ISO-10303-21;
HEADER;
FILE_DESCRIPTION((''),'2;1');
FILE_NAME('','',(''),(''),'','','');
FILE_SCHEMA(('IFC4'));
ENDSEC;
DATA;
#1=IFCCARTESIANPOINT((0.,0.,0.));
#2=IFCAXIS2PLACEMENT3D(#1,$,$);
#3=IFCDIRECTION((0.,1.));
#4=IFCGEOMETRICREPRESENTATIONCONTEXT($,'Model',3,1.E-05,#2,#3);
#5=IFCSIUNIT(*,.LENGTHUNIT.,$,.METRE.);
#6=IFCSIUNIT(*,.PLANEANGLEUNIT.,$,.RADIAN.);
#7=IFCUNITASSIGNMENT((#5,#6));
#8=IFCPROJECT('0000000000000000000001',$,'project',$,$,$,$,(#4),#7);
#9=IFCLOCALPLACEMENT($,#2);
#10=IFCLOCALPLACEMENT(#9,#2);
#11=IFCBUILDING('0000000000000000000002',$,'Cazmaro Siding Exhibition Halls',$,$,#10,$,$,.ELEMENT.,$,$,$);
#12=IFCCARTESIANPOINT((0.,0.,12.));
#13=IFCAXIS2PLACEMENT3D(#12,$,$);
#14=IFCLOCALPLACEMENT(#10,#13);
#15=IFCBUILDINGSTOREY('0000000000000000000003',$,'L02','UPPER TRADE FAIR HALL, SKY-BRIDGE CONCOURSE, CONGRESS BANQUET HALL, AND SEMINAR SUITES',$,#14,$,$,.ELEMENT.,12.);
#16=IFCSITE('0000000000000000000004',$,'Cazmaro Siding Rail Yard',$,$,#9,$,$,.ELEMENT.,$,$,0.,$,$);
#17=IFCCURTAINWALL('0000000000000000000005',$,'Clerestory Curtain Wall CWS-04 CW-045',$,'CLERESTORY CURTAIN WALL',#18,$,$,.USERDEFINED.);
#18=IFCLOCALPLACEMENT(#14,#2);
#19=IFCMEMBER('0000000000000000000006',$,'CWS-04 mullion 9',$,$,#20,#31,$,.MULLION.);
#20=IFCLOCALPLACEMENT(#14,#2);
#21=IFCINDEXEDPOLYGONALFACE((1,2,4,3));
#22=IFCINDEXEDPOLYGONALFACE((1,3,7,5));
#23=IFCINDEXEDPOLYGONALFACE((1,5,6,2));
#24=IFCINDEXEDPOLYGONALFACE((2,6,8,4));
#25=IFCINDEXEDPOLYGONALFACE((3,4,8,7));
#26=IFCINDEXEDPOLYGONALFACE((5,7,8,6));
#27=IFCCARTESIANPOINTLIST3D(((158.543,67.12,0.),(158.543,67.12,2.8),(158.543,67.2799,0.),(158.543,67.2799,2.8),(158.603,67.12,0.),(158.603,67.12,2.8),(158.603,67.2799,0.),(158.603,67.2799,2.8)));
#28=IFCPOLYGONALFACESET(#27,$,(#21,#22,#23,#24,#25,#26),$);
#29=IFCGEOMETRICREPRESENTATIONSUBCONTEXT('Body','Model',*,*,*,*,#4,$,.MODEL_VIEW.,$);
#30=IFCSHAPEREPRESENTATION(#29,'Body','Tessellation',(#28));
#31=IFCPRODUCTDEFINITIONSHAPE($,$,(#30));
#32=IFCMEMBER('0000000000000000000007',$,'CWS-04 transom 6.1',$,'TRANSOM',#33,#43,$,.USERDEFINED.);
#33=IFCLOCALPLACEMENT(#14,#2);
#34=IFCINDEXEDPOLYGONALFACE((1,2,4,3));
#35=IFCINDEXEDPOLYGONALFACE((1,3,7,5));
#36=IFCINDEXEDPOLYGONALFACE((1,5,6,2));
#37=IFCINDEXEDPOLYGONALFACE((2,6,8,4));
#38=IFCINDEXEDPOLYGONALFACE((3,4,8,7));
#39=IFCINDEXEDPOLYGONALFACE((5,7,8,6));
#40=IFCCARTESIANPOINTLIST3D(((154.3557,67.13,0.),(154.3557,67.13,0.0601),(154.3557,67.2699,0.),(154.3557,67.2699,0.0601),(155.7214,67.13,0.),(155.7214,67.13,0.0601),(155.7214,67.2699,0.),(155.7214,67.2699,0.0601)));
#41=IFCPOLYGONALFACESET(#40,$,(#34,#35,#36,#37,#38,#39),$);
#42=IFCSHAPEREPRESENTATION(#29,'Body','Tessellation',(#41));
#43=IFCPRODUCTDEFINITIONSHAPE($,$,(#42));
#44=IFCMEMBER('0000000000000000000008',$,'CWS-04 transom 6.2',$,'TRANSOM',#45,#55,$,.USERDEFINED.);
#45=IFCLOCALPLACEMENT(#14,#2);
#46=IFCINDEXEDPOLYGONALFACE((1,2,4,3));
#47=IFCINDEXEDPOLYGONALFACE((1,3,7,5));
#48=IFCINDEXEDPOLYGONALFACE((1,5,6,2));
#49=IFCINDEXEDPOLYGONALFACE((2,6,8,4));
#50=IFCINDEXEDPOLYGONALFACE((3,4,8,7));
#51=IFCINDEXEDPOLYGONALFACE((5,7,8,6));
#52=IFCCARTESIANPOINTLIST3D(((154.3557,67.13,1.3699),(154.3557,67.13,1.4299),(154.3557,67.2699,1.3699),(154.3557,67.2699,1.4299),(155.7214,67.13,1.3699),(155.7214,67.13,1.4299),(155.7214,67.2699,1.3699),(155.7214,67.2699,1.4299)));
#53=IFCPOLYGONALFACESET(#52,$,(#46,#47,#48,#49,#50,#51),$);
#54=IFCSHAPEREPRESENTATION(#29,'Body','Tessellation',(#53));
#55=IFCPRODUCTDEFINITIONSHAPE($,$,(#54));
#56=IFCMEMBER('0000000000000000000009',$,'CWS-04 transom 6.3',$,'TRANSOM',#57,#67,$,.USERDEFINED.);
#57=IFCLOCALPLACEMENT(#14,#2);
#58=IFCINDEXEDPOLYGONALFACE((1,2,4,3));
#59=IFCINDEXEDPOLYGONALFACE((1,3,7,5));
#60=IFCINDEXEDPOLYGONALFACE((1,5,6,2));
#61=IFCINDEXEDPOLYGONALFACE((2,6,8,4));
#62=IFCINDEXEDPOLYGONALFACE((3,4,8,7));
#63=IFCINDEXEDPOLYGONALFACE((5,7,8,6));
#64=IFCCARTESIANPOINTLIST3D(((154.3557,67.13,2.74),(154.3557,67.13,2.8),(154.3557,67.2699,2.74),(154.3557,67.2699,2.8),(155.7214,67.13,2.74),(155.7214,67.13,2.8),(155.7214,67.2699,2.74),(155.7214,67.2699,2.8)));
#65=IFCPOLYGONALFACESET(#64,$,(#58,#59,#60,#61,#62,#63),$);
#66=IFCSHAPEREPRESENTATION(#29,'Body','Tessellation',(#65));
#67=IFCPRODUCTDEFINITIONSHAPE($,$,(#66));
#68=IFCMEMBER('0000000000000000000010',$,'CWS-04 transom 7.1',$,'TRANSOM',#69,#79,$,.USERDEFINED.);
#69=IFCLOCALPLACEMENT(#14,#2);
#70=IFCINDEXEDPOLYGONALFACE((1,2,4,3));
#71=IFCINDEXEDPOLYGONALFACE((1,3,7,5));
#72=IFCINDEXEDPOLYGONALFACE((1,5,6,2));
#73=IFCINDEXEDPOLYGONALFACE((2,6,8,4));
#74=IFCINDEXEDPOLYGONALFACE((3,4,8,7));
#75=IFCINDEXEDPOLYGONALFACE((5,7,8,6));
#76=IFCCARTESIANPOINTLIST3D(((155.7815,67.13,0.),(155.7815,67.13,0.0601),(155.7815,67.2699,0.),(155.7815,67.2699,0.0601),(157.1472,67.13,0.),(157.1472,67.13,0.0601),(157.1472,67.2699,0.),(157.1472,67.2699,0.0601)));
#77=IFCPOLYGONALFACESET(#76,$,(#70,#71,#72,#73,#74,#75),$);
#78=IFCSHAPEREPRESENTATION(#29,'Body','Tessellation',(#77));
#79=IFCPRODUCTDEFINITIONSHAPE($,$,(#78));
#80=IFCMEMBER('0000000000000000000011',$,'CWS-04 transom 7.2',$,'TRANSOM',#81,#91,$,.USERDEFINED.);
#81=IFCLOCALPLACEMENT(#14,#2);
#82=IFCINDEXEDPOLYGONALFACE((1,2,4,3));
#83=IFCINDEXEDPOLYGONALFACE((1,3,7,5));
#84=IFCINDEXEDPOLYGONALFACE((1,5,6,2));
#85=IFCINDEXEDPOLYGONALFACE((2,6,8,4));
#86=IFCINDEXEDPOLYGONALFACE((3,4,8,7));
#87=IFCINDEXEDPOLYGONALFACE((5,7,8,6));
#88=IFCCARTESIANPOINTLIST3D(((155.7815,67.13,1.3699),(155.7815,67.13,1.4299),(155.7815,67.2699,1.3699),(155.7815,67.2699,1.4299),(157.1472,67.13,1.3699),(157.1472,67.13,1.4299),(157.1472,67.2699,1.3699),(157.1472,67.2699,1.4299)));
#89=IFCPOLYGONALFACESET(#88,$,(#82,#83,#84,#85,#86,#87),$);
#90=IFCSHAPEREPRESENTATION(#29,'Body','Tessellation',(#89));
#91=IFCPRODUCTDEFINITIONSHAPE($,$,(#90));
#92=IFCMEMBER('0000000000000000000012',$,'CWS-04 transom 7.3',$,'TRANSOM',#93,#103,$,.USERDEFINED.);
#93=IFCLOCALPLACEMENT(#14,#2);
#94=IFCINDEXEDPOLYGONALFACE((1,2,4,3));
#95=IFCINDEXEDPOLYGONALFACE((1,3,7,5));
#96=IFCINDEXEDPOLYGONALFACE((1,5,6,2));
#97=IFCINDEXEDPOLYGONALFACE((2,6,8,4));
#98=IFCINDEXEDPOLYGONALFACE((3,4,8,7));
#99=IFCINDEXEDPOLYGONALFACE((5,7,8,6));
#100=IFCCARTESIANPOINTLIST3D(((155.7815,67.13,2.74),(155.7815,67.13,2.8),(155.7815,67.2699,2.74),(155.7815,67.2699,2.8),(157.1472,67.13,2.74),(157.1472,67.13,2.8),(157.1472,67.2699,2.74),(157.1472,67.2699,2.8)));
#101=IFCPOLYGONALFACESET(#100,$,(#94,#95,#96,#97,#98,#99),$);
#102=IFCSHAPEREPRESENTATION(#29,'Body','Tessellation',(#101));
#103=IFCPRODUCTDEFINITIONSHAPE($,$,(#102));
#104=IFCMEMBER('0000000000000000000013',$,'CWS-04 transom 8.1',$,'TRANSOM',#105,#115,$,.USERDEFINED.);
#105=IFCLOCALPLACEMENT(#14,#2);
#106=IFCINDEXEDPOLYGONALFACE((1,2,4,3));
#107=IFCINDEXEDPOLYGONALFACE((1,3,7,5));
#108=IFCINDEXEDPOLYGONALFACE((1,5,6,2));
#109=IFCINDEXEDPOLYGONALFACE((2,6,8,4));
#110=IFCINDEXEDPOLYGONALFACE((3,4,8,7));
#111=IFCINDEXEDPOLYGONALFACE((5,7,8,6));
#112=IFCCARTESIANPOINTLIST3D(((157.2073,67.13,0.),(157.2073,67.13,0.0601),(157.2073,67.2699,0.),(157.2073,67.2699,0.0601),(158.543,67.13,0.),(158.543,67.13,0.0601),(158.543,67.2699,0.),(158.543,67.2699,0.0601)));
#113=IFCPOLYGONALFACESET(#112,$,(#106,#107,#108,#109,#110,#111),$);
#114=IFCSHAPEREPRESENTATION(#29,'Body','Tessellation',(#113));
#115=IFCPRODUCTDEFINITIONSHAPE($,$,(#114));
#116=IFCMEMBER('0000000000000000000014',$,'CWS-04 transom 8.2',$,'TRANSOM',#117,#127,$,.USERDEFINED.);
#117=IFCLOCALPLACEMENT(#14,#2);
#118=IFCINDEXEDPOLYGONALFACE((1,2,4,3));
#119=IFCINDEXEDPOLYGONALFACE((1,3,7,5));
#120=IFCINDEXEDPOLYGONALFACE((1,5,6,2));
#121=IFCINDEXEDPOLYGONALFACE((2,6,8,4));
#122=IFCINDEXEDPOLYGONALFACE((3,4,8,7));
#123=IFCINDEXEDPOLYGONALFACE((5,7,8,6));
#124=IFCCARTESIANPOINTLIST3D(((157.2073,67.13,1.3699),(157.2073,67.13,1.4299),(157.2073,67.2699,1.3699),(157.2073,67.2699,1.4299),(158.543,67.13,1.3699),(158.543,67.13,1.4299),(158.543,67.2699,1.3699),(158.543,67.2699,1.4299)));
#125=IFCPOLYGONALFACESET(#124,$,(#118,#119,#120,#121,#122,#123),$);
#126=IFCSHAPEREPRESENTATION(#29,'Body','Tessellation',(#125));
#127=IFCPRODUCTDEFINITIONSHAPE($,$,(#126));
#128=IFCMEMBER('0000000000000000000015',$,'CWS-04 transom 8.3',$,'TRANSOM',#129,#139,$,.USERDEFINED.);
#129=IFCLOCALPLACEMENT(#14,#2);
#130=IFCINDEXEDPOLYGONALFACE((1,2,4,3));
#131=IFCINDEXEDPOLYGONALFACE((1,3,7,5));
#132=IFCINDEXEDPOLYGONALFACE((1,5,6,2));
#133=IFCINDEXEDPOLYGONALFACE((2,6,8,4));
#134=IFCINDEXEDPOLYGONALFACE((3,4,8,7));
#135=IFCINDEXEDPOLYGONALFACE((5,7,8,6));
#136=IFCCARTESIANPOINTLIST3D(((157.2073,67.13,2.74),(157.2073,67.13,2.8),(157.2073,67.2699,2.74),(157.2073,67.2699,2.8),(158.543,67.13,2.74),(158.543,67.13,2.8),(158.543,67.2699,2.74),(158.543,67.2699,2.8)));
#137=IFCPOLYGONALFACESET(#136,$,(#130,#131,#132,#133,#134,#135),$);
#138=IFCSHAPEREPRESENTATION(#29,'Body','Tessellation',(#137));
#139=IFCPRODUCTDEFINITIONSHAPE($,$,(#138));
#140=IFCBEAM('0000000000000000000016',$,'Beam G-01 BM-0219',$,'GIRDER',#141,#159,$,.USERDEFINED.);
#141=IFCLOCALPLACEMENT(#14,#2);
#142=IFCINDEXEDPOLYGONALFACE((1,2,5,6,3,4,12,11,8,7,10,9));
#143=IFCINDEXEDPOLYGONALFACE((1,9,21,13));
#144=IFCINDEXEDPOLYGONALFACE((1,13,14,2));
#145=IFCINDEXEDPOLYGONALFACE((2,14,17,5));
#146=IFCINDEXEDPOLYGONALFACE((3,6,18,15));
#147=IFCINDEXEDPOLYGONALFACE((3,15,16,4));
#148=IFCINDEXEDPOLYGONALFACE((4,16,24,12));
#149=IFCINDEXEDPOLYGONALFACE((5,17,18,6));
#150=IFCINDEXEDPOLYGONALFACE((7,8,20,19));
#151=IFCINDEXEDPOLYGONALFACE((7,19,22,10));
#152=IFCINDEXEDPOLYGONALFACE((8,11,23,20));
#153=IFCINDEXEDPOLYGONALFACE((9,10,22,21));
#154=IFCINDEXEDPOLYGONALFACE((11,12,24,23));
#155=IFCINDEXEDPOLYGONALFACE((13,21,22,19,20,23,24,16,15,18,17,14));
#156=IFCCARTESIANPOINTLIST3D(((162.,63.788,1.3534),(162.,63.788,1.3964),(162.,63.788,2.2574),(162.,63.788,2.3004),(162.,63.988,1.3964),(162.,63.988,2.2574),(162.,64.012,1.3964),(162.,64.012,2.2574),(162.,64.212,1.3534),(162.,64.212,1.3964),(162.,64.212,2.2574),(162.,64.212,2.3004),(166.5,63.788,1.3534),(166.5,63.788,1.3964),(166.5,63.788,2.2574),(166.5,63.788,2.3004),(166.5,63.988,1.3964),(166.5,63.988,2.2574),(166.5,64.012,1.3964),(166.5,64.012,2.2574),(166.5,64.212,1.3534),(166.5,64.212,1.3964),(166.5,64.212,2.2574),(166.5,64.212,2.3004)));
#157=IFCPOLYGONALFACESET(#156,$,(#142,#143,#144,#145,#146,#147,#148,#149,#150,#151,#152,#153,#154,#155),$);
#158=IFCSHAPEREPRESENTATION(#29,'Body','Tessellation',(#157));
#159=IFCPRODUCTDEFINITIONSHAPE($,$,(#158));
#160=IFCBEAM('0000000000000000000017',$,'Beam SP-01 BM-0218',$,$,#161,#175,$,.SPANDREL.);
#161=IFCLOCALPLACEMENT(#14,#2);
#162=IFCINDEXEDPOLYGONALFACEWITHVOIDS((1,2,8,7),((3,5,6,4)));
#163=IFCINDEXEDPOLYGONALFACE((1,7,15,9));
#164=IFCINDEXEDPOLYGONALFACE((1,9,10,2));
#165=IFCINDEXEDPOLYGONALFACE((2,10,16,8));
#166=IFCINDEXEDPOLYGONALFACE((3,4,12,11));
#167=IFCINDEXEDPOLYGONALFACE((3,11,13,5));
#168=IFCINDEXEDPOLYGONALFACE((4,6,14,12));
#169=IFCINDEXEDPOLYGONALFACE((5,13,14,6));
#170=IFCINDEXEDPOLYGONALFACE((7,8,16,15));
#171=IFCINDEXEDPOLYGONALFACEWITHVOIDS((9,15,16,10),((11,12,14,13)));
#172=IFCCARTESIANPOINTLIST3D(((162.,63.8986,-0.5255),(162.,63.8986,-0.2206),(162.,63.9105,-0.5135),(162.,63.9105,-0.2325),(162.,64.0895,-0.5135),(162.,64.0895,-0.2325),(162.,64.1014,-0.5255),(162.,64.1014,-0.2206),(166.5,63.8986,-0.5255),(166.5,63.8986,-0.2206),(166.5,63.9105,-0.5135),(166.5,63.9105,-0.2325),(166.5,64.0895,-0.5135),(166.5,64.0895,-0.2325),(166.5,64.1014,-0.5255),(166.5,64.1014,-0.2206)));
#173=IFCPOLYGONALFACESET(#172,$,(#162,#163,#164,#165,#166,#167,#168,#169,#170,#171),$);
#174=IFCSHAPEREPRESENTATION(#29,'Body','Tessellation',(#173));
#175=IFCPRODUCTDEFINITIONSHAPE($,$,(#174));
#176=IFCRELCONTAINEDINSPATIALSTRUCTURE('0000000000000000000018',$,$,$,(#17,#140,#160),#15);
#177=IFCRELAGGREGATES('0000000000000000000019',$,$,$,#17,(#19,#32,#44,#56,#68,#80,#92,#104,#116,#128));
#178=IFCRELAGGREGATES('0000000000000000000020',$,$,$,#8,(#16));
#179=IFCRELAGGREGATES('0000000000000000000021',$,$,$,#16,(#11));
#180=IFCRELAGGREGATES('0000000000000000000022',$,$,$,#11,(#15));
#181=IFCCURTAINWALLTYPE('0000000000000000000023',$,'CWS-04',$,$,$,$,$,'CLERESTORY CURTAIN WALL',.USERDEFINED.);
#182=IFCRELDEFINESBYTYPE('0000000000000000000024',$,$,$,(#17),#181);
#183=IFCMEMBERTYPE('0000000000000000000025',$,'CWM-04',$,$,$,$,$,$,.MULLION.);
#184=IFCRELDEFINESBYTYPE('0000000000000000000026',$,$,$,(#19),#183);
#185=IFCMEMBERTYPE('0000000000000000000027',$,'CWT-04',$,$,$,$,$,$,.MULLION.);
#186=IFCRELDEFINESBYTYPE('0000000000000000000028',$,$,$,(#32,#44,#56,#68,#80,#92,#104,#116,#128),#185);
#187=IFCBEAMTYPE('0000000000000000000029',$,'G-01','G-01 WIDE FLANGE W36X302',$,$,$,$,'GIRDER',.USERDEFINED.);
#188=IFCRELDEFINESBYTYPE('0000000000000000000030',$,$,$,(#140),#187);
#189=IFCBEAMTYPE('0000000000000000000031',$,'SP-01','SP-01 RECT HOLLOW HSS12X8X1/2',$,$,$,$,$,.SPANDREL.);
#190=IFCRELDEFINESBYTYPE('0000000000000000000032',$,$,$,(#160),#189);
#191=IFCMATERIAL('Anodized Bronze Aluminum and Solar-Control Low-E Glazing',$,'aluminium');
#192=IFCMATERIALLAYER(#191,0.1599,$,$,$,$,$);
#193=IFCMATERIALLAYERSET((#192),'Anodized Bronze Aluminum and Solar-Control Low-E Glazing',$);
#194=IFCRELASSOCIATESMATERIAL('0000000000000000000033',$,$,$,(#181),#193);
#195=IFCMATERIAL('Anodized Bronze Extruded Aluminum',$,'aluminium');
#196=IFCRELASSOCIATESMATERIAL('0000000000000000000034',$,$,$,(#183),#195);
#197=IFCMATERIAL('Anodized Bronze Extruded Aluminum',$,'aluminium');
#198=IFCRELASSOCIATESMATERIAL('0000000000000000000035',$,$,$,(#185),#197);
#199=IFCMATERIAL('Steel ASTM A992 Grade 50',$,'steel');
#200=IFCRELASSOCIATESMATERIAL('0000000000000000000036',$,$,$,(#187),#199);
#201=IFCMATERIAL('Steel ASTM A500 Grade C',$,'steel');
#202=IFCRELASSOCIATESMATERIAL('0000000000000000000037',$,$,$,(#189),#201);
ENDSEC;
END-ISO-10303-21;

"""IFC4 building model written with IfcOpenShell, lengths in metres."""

from ifc_helpers import new_model, si_unit, direction, frame, origin, origin_2d, place, context, subcontext, project, spatial, rectangle, hollow_rectangle, i_section, extrude, material, layer, layer_set, material_profile, profile_set, type_object, element, aggregate, save


model = new_model("IFC4")

# Units and contexts
model_context = context("Model", 3, precision=1e-05, world=origin(), true_north=direction((0.0, 1.0)))
body_context = subcontext(model_context, "Body", "Model", "MODEL_VIEW")
ifc_project = project(units=[si_unit("LENGTHUNIT", "METRE"), si_unit("PLANEANGLEUNIT", "RADIAN")], contexts=[model_context])

# Site, building, storey
site_placement = place(None, origin())
site = spatial("IfcSite", under=ifc_project, at=site_placement, Name="Cazmaro Siding Rail Yard", CompositionType="ELEMENT", RefElevation=0.0)
building_placement = place(site_placement, origin())
building = spatial("IfcBuilding", under=site, at=building_placement, Name="Cazmaro Siding Exhibition Halls", CompositionType="ELEMENT")
storey_placement = place(building_placement, frame((0.0, 0.0, 12.0)))
storey = spatial("IfcBuildingStorey", under=building, at=storey_placement, Name="L02", Description="UPPER TRADE FAIR HALL, SKY-BRIDGE CONCOURSE, CONGRESS BANQUET HALL, AND SEMINAR SUITES", CompositionType="ELEMENT", Elevation=12.0)

# Curtain wall, members
ifc_material_1 = material(Name="Anodized Bronze Aluminum and Solar-Control Low-E Glazing", Category="aluminium")
ifc_layer_1 = layer(ifc_material_1, 0.1599)
ifc_layer_set_1 = layer_set([ifc_layer_1], Name="Anodized Bronze Aluminum and Solar-Control Low-E Glazing")
curtain_wall_type = type_object("IfcCurtainWallType", Name="CWS-04", ElementType="CLERESTORY CURTAIN WALL", PredefinedType="USERDEFINED", material=ifc_layer_set_1)
curtain_wall_placement = place(storey_placement, origin())
curtain_wall = element("IfcCurtainWall", 1, at=curtain_wall_placement, inside=storey, type_object=curtain_wall_type, Name="Clerestory Curtain Wall CWS-04 CW-045", ObjectType="CLERESTORY CURTAIN WALL", PredefinedType="USERDEFINED")
ifc_material_2 = material(Name="Anodized Bronze Extruded Aluminum", Category="aluminium")
ifc_material_profile_1 = material_profile(ifc_material_2, rectangle(XDim=0.1599, YDim=0.0601, at=origin_2d()), Name="CWM-04")
ifc_profile_set_1 = profile_set([ifc_material_profile_1], Name="Anodized Bronze Extruded Aluminum")
member_type_1 = type_object("IfcMemberType", Name="CWM-04", PredefinedType="MULLION", material=ifc_profile_set_1)
member_1_placement = place(storey_placement, frame((158.573, 67.2, 0.0), z_axis=(0.0, 0.0, 1.0), x_axis=(0.0, 1.0, 0.0)))
member_1 = element("IfcMember", 2, at=member_1_placement, type_object=member_type_1, Name="CWS-04 mullion 9", PredefinedType="MULLION", context=body_context, shape_type="SweptSolid", body=[
    extrude(rectangle(XDim=0.1599, YDim=0.0601, at=origin_2d()), origin(), (0.0, 0.0, 1.0), 2.8),
])
ifc_material_3 = material(Name="Anodized Bronze Extruded Aluminum", Category="aluminium")
ifc_material_profile_2 = material_profile(ifc_material_3, rectangle(XDim=0.1399, YDim=0.0601, at=origin_2d()), Name="CWT-04")
ifc_profile_set_2 = profile_set([ifc_material_profile_2], Name="Anodized Bronze Extruded Aluminum")
member_type_2 = type_object("IfcMemberType", Name="CWT-04", PredefinedType="MULLION", material=ifc_profile_set_2)
member_2_placement = place(storey_placement, frame((154.3557, 67.2, 0.03), z_axis=(1.0, 0.0, 0.0), x_axis=(0.0, 1.0, 0.0)))
member_2 = element("IfcMember", 3, at=member_2_placement, type_object=member_type_2, Name="CWS-04 transom 6.1", ObjectType="TRANSOM", PredefinedType="USERDEFINED", context=body_context, shape_type="SweptSolid", body=[
    extrude(rectangle(XDim=0.1399, YDim=0.0601, at=origin_2d()), origin(), (0.0, 0.0, 1.0), 1.3657),
])
member_3_placement = place(storey_placement, frame((154.3557, 67.2, 1.3999), z_axis=(1.0, 0.0, 0.0), x_axis=(0.0, 1.0, 0.0)))
member_3 = element("IfcMember", 4, at=member_3_placement, type_object=member_type_2, Name="CWS-04 transom 6.2", ObjectType="TRANSOM", PredefinedType="USERDEFINED", context=body_context, shape_type="SweptSolid", body=[
    extrude(rectangle(XDim=0.1399, YDim=0.0601, at=origin_2d()), origin(), (0.0, 0.0, 1.0), 1.3657),
])
member_4_placement = place(storey_placement, frame((154.3557, 67.2, 2.77), z_axis=(1.0, 0.0, 0.0), x_axis=(0.0, 1.0, 0.0)))
member_4 = element("IfcMember", 5, at=member_4_placement, type_object=member_type_2, Name="CWS-04 transom 6.3", ObjectType="TRANSOM", PredefinedType="USERDEFINED", context=body_context, shape_type="SweptSolid", body=[
    extrude(rectangle(XDim=0.1399, YDim=0.0601, at=origin_2d()), origin(), (0.0, 0.0, 1.0), 1.3657),
])
member_5_placement = place(storey_placement, frame((155.7815, 67.2, 0.03), z_axis=(1.0, 0.0, 0.0), x_axis=(0.0, 1.0, 0.0)))
member_5 = element("IfcMember", 6, at=member_5_placement, type_object=member_type_2, Name="CWS-04 transom 7.1", ObjectType="TRANSOM", PredefinedType="USERDEFINED", context=body_context, shape_type="SweptSolid", body=[
    extrude(rectangle(XDim=0.1399, YDim=0.0601, at=origin_2d()), origin(), (0.0, 0.0, 1.0), 1.3657),
])
member_6_placement = place(storey_placement, frame((155.7815, 67.2, 1.3999), z_axis=(1.0, 0.0, 0.0), x_axis=(0.0, 1.0, 0.0)))
member_6 = element("IfcMember", 7, at=member_6_placement, type_object=member_type_2, Name="CWS-04 transom 7.2", ObjectType="TRANSOM", PredefinedType="USERDEFINED", context=body_context, shape_type="SweptSolid", body=[
    extrude(rectangle(XDim=0.1399, YDim=0.0601, at=origin_2d()), origin(), (0.0, 0.0, 1.0), 1.3657),
])
member_7_placement = place(storey_placement, frame((155.7815, 67.2, 2.77), z_axis=(1.0, 0.0, 0.0), x_axis=(0.0, 1.0, 0.0)))
member_7 = element("IfcMember", 8, at=member_7_placement, type_object=member_type_2, Name="CWS-04 transom 7.3", ObjectType="TRANSOM", PredefinedType="USERDEFINED", context=body_context, shape_type="SweptSolid", body=[
    extrude(rectangle(XDim=0.1399, YDim=0.0601, at=origin_2d()), origin(), (0.0, 0.0, 1.0), 1.3657),
])
member_8_placement = place(storey_placement, frame((157.2073, 67.2, 0.03), z_axis=(1.0, 0.0, 0.0), x_axis=(0.0, 1.0, 0.0)))
member_8 = element("IfcMember", 9, at=member_8_placement, type_object=member_type_2, Name="CWS-04 transom 8.1", ObjectType="TRANSOM", PredefinedType="USERDEFINED", context=body_context, shape_type="SweptSolid", body=[
    extrude(rectangle(XDim=0.1399, YDim=0.0601, at=origin_2d()), origin(), (0.0, 0.0, 1.0), 1.3357),
])
member_9_placement = place(storey_placement, frame((157.2073, 67.2, 1.3999), z_axis=(1.0, 0.0, 0.0), x_axis=(0.0, 1.0, 0.0)))
member_9 = element("IfcMember", 10, at=member_9_placement, type_object=member_type_2, Name="CWS-04 transom 8.2", ObjectType="TRANSOM", PredefinedType="USERDEFINED", context=body_context, shape_type="SweptSolid", body=[
    extrude(rectangle(XDim=0.1399, YDim=0.0601, at=origin_2d()), origin(), (0.0, 0.0, 1.0), 1.3357),
])
member_10_placement = place(storey_placement, frame((157.2073, 67.2, 2.77), z_axis=(1.0, 0.0, 0.0), x_axis=(0.0, 1.0, 0.0)))
member_10 = element("IfcMember", 11, at=member_10_placement, type_object=member_type_2, Name="CWS-04 transom 8.3", ObjectType="TRANSOM", PredefinedType="USERDEFINED", context=body_context, shape_type="SweptSolid", body=[
    extrude(rectangle(XDim=0.1399, YDim=0.0601, at=origin_2d()), origin(), (0.0, 0.0, 1.0), 1.3357),
])

# Beams
ifc_material_4 = material(Name="Steel ASTM A992 Grade 50", Category="steel")
ifc_material_profile_3 = material_profile(ifc_material_4, i_section(OverallWidth=0.4241, OverallDepth=0.947, WebThickness=0.0239, FlangeThickness=0.043, at=origin_2d()), Name="W36X302")
ifc_profile_set_3 = profile_set([ifc_material_profile_3], Name="Steel ASTM A992 Grade 50")
beam_type_1 = type_object("IfcBeamType", Name="G-01", Description="G-01 WIDE FLANGE W36X302", ElementType="GIRDER", PredefinedType="USERDEFINED", material=ifc_profile_set_3)
beam_1_placement = place(storey_placement, frame((162.0, 64.0, 1.8269), z_axis=(1.0, 0.0, 0.0), x_axis=(0.0, 1.0, 0.0)))
element("IfcBeam", 12, at=beam_1_placement, inside=storey, type_object=beam_type_1, Name="Beam G-01 BM-0219", ObjectType="GIRDER", PredefinedType="USERDEFINED", context=body_context, shape_type="SweptSolid", body=[
    extrude(i_section(OverallWidth=0.4241, OverallDepth=0.947, WebThickness=0.0239, FlangeThickness=0.043, at=origin_2d()), origin(), (0.0, 0.0, 1.0), 4.5),
])
ifc_material_5 = material(Name="Steel ASTM A500 Grade C", Category="steel")
ifc_material_profile_4 = material_profile(ifc_material_5, hollow_rectangle(XDim=0.2029, YDim=0.3049, WallThickness=0.012, at=origin_2d()), Name="HSS12X8X1/2")
ifc_profile_set_4 = profile_set([ifc_material_profile_4], Name="Steel ASTM A500 Grade C")
beam_type_2 = type_object("IfcBeamType", Name="SP-01", Description="SP-01 RECT HOLLOW HSS12X8X1/2", PredefinedType="SPANDREL", material=ifc_profile_set_4)
beam_2_placement = place(storey_placement, frame((162.0, 64.0, -0.373), z_axis=(1.0, 0.0, 0.0), x_axis=(0.0, 1.0, 0.0)))
element("IfcBeam", 13, at=beam_2_placement, inside=storey, type_object=beam_type_2, Name="Beam SP-01 BM-0218", PredefinedType="SPANDREL", context=body_context, shape_type="SweptSolid", body=[
    extrude(hollow_rectangle(XDim=0.2029, YDim=0.3049, WallThickness=0.012, at=origin_2d()), origin(), (0.0, 0.0, 1.0), 4.5),
])

aggregate(curtain_wall, [member_1, member_2, member_3, member_4, member_5, member_6, member_7, member_8, member_9, member_10])

save(model, "model.ifc")
